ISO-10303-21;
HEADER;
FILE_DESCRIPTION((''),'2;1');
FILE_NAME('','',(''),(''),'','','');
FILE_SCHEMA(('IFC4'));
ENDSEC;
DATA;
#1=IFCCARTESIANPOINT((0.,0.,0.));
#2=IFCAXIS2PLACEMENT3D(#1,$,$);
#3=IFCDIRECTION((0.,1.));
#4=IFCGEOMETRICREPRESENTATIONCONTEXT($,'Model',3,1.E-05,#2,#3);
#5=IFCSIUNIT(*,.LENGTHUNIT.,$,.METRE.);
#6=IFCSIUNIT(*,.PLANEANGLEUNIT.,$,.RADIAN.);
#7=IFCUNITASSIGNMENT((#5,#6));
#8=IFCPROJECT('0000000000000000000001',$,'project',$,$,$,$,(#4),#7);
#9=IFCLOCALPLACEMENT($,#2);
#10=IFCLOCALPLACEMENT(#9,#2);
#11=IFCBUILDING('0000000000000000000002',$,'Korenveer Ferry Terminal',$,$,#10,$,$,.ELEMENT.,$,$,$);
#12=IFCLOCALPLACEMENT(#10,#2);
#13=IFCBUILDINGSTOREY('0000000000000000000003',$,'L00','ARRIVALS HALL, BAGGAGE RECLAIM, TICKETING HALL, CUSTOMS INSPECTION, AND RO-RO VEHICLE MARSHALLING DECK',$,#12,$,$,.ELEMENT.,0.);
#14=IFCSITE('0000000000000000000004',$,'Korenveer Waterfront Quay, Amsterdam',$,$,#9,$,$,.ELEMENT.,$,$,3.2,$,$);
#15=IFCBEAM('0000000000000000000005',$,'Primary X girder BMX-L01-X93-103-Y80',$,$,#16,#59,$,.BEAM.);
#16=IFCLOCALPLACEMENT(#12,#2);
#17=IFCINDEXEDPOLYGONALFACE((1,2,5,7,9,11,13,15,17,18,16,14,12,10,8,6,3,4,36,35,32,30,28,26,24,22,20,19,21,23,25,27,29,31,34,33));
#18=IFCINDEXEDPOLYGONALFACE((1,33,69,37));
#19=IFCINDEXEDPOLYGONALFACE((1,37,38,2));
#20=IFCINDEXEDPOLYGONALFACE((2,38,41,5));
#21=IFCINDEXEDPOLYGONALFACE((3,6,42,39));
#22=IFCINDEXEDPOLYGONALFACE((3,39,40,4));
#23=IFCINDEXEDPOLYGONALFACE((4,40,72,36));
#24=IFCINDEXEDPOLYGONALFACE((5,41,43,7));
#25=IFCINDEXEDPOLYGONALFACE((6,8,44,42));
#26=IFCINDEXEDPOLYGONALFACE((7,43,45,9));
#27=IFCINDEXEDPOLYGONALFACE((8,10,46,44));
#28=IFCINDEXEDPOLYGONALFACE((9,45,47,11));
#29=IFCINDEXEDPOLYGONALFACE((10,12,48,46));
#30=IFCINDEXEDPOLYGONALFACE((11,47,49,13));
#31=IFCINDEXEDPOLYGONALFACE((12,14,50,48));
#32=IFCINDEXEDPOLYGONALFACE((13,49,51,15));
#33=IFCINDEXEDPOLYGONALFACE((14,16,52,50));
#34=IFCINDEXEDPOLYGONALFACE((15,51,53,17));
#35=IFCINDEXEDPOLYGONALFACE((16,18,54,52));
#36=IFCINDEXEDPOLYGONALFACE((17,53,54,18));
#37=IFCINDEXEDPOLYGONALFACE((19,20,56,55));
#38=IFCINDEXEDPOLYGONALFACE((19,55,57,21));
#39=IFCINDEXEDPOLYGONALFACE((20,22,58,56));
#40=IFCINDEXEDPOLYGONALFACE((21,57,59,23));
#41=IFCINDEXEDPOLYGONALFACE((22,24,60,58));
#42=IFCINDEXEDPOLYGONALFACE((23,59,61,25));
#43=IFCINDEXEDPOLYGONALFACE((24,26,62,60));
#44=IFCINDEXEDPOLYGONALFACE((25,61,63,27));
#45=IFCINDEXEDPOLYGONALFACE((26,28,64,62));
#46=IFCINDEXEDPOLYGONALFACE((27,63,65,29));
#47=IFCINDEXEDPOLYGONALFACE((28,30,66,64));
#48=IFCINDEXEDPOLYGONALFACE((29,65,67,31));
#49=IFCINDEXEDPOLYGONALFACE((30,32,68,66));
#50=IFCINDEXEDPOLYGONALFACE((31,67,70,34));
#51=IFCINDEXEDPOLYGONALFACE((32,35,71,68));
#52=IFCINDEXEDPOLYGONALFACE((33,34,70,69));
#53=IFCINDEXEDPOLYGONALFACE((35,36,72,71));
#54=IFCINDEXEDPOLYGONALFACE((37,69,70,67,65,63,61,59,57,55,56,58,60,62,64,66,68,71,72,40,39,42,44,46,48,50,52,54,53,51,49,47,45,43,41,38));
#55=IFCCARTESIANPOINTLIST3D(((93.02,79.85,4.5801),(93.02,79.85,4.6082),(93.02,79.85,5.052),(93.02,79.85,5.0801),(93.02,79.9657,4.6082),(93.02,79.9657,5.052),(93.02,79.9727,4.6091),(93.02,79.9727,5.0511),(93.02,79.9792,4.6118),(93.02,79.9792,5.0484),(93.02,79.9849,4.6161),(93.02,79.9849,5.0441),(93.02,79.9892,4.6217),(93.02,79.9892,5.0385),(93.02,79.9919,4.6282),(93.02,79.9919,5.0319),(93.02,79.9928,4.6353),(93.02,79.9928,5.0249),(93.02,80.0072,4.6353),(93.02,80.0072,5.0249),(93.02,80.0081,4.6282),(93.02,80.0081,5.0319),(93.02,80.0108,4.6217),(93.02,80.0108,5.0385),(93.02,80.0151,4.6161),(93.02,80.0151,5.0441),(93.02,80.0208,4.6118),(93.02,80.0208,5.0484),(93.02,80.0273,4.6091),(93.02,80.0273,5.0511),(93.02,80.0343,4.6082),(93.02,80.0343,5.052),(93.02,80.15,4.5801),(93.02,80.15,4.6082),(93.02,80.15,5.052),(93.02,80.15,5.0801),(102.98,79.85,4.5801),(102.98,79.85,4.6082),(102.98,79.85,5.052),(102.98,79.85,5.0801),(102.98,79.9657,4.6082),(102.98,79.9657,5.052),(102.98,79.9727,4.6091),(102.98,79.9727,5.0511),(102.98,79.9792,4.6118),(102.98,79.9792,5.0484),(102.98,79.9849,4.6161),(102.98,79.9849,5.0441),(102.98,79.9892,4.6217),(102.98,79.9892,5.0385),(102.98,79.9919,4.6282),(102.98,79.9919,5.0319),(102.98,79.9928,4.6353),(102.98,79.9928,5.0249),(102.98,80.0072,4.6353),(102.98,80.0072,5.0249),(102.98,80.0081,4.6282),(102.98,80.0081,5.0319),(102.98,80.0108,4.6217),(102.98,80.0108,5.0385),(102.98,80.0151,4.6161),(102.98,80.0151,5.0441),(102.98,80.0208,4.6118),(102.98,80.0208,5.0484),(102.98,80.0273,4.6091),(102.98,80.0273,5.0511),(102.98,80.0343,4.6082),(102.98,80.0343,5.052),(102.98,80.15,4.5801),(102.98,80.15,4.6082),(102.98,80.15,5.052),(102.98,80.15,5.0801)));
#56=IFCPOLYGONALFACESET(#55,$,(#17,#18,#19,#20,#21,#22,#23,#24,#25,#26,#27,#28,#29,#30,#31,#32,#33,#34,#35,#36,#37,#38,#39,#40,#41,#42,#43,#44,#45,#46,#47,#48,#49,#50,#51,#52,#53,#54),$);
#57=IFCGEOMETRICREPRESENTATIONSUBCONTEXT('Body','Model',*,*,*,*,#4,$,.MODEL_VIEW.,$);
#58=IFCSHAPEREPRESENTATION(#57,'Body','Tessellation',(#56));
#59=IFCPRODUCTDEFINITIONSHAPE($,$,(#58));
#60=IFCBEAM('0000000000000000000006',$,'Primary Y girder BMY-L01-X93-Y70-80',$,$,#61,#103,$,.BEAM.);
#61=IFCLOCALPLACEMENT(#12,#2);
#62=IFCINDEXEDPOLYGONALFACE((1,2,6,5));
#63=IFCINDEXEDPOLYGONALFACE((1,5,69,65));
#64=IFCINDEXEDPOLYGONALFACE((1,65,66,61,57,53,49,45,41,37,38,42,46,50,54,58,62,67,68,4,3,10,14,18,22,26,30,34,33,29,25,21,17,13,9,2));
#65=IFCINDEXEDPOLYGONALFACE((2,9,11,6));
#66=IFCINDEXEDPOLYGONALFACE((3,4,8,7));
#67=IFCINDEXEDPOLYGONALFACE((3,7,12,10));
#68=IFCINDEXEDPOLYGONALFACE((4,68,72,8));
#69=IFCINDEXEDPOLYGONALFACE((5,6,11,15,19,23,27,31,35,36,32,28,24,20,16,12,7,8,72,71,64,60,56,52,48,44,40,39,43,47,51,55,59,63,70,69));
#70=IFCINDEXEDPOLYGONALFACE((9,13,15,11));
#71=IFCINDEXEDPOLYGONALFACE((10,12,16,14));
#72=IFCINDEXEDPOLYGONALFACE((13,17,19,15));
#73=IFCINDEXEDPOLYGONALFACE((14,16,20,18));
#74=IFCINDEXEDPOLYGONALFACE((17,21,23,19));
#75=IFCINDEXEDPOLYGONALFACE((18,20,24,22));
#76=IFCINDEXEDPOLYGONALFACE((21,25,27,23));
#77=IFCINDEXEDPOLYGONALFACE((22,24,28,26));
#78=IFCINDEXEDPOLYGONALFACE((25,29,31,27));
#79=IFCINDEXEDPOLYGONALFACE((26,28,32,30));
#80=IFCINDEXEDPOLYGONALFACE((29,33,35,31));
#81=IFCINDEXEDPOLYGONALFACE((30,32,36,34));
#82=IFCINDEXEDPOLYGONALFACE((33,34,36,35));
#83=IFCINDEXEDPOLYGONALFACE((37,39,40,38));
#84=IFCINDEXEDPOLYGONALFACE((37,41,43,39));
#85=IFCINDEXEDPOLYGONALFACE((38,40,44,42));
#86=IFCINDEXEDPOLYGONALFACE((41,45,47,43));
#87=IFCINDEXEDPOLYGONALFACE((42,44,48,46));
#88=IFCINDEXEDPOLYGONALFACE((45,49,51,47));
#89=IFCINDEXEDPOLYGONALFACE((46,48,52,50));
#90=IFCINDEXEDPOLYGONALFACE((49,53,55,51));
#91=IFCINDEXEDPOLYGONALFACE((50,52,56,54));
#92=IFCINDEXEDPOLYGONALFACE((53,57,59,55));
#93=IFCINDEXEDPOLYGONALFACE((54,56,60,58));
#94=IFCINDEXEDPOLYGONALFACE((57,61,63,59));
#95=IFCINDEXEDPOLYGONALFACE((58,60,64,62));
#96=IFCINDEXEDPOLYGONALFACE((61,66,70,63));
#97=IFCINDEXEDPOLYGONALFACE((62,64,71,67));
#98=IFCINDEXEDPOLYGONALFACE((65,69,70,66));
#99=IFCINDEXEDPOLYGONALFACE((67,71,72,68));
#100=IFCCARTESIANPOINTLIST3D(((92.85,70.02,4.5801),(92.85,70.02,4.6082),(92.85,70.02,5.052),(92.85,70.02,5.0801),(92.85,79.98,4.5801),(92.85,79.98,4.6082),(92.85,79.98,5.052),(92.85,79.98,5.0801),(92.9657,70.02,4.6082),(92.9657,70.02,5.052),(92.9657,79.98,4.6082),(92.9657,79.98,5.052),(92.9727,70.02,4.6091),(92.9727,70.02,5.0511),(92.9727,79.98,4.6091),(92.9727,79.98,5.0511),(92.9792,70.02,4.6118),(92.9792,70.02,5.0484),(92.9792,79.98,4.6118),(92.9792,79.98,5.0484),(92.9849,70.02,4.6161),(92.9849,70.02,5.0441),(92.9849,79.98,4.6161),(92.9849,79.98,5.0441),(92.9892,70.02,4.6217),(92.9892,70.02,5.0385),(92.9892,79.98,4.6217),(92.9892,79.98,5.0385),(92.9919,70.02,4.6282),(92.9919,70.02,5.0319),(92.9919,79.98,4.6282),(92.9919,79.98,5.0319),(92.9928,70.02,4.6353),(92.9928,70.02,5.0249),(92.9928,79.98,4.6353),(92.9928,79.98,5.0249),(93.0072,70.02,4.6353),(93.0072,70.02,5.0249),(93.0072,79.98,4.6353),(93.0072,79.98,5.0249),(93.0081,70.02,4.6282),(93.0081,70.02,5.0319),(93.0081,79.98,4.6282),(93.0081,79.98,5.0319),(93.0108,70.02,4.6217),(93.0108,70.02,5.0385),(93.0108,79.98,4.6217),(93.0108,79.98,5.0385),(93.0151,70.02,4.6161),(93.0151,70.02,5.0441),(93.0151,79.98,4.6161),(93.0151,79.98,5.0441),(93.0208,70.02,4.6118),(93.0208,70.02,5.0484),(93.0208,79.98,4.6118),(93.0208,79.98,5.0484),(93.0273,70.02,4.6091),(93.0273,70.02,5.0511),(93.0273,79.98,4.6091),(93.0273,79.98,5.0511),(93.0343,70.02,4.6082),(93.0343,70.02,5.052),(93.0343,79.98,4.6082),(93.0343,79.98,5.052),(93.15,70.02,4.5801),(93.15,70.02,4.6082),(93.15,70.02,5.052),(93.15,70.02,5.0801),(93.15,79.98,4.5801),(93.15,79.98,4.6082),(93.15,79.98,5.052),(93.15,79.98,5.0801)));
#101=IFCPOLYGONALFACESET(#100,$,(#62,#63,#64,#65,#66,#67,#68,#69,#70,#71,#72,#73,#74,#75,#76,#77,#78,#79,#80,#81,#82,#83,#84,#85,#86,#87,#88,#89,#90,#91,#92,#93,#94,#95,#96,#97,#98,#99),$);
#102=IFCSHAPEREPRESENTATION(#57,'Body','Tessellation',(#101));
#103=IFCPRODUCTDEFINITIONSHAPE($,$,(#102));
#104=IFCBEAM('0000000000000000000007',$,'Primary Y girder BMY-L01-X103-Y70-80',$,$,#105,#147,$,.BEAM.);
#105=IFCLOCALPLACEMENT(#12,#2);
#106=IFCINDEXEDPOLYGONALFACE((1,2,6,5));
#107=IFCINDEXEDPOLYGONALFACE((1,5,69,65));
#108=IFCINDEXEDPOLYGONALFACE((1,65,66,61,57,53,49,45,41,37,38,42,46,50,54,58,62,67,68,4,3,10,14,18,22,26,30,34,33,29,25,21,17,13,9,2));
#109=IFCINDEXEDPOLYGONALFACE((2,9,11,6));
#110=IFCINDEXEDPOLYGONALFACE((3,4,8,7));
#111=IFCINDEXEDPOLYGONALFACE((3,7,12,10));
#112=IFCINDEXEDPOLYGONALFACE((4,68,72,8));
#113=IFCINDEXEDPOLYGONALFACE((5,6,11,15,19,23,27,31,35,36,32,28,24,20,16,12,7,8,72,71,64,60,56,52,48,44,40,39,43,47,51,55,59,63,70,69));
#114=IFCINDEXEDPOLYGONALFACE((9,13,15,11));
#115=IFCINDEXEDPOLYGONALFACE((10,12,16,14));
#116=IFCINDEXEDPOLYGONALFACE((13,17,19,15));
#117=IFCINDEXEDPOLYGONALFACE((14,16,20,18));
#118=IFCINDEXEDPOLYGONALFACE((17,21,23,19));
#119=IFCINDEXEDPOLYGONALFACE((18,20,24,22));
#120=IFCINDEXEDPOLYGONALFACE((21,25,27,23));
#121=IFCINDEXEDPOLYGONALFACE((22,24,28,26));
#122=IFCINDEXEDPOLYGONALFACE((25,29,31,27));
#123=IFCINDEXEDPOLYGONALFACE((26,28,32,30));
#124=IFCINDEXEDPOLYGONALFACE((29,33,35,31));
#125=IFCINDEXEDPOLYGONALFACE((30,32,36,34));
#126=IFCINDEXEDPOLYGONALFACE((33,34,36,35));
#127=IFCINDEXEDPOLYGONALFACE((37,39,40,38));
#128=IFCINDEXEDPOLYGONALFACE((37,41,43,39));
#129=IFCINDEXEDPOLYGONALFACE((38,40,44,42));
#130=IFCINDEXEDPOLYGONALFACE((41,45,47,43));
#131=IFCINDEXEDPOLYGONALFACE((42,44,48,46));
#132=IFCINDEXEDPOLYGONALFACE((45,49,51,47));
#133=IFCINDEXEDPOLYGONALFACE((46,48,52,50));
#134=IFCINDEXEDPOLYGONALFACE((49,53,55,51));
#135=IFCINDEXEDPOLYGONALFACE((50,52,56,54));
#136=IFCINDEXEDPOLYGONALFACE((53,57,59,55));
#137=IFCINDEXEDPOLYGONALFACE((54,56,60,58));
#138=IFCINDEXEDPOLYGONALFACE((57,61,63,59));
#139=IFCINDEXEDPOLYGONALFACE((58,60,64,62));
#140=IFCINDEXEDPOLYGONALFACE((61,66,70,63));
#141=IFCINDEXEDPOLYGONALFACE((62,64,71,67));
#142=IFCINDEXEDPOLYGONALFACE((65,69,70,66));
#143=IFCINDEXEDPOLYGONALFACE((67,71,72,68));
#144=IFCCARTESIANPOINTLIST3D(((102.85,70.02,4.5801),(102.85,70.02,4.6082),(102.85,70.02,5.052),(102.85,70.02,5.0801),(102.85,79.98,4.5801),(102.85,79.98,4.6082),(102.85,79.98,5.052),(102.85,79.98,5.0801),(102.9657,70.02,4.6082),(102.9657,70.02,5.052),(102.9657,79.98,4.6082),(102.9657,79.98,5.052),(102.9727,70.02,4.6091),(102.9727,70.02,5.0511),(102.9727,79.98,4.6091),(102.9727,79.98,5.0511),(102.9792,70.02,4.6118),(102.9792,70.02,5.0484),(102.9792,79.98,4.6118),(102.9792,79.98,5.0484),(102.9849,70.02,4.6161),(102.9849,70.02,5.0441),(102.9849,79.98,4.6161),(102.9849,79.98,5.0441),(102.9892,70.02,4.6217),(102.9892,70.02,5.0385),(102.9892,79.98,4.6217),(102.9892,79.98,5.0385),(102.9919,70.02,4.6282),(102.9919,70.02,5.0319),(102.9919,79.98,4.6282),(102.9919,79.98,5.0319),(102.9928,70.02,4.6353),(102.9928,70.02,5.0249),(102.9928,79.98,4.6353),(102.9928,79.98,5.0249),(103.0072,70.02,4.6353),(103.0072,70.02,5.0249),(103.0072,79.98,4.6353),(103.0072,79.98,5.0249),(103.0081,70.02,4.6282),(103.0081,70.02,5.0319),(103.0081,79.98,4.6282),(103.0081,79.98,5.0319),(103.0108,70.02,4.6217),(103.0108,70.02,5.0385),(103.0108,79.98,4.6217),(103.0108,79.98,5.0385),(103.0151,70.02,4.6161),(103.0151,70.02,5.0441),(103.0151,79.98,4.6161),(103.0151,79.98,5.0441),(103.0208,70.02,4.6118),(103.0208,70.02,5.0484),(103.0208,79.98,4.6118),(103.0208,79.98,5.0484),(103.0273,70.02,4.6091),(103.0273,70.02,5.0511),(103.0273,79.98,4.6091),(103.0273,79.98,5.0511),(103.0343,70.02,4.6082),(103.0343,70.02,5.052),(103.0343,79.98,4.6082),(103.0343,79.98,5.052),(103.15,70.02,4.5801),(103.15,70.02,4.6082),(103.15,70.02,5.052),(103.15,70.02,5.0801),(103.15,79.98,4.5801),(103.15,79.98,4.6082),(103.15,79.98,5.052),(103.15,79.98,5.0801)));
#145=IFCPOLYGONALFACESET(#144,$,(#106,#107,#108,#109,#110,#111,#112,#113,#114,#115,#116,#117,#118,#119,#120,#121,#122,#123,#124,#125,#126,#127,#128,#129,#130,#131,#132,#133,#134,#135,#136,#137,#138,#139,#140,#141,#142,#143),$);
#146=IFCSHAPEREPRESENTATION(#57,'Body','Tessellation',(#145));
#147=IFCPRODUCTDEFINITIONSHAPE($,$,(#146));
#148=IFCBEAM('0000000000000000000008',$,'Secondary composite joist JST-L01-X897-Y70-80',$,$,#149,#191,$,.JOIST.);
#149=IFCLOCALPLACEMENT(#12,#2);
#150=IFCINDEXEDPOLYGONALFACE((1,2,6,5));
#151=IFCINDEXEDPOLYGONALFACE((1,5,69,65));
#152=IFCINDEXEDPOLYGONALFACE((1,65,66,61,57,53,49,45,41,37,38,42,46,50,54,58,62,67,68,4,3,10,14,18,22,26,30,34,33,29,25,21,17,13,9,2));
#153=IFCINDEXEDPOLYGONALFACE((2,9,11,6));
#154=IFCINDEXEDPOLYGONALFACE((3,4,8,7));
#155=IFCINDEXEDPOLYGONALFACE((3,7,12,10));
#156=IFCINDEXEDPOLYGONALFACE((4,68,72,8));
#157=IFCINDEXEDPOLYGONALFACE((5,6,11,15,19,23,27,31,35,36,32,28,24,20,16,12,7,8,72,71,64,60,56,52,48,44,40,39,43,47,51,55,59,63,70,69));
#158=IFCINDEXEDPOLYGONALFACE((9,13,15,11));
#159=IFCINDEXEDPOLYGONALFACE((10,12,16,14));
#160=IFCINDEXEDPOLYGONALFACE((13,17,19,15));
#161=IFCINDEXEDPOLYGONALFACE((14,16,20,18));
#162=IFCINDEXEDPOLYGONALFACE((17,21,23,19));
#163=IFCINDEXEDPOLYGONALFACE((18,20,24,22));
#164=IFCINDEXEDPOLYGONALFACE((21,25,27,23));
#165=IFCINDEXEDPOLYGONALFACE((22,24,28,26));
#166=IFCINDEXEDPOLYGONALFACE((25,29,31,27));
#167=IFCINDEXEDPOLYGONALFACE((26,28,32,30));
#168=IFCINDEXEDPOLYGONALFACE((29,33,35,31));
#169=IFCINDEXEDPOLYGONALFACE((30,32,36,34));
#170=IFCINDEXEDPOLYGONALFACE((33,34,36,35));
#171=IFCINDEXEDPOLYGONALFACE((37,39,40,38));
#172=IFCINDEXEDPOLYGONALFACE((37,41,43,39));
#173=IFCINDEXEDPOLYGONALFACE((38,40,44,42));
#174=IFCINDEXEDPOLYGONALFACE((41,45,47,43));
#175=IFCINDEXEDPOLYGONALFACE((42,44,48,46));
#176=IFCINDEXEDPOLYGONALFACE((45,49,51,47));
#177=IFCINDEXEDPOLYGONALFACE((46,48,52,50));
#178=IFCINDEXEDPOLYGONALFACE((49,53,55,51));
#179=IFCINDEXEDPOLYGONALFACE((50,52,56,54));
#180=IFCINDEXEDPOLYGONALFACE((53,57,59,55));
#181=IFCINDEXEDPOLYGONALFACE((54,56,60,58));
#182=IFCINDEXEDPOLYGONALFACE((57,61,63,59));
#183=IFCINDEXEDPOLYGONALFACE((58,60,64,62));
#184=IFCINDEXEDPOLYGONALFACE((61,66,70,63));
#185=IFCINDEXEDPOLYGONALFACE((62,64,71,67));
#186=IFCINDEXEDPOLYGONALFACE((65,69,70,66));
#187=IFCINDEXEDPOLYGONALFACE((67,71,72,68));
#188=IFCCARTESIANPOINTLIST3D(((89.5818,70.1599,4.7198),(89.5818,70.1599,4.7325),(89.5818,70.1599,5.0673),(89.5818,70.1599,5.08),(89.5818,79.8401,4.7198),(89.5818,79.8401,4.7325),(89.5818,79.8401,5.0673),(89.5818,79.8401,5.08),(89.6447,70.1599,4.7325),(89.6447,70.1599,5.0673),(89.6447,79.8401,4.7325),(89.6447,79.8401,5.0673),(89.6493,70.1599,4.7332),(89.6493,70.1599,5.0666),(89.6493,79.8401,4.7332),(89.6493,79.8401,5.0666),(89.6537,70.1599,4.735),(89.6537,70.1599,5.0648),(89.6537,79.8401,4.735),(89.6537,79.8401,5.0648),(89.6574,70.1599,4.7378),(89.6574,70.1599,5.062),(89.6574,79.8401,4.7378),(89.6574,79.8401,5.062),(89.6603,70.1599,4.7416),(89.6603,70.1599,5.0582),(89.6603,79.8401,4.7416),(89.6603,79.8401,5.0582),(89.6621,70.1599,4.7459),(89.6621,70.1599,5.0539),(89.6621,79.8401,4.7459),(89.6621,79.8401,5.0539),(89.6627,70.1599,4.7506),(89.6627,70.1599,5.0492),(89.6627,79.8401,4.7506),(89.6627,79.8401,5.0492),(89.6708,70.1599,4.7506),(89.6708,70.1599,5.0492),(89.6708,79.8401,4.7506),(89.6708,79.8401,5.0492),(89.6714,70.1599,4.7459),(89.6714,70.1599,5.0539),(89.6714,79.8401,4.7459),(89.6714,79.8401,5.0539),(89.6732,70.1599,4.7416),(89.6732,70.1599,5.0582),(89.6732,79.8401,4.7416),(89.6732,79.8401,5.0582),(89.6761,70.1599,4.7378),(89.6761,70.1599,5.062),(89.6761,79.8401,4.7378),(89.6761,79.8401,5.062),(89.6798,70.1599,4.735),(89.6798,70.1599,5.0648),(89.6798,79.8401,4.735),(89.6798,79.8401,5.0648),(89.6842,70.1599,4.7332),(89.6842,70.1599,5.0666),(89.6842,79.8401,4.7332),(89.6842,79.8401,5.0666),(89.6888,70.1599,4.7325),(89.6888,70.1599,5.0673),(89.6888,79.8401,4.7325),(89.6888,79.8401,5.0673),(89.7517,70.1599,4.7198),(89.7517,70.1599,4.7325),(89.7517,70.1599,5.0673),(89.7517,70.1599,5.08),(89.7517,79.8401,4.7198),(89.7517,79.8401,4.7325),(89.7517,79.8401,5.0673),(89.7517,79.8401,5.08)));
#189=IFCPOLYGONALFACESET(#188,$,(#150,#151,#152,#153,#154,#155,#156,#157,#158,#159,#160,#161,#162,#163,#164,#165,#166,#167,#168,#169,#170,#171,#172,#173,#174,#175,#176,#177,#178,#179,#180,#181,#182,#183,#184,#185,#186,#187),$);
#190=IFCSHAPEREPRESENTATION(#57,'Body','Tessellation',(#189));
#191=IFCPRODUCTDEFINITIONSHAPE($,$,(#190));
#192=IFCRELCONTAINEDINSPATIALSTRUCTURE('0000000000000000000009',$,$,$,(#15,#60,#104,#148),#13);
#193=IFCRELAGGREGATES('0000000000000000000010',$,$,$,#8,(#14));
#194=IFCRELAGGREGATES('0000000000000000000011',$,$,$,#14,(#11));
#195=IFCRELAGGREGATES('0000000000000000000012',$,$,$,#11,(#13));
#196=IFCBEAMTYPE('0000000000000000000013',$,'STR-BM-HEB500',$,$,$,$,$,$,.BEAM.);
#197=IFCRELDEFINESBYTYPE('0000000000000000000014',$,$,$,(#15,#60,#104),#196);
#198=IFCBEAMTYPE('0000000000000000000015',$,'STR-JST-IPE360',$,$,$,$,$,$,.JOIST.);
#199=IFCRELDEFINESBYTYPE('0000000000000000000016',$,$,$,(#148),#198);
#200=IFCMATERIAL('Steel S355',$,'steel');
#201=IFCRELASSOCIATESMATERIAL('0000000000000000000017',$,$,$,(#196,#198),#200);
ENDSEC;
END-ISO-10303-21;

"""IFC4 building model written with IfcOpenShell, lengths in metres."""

from ifc_helpers import new_model, si_unit, direction, frame, origin, origin_2d, place, context, subcontext, project, spatial, i_section, extrude, material, material_profile, profile_set, type_object, element, save


model = new_model("IFC4")

# Units and contexts
model_context = context("Model", 3, precision=1e-05, world=origin(), true_north=direction((0.0, 1.0)))
body_context = subcontext(model_context, "Body", "Model", "MODEL_VIEW")
ifc_project = project(units=[si_unit("LENGTHUNIT", "METRE"), si_unit("PLANEANGLEUNIT", "RADIAN")], contexts=[model_context])

# Site, building, storey
site_placement = place(None, origin())
site = spatial("IfcSite", under=ifc_project, at=site_placement, Name="Korenveer Waterfront Quay, Amsterdam", CompositionType="ELEMENT", RefElevation=3.2)
building_placement = place(site_placement, origin())
building = spatial("IfcBuilding", under=site, at=building_placement, Name="Korenveer Ferry Terminal", CompositionType="ELEMENT")
storey_placement = place(building_placement, origin())
storey = spatial("IfcBuildingStorey", under=building, at=storey_placement, Name="L00", Description="ARRIVALS HALL, BAGGAGE RECLAIM, TICKETING HALL, CUSTOMS INSPECTION, AND RO-RO VEHICLE MARSHALLING DECK", CompositionType="ELEMENT", Elevation=0.0)

# Shared definitions
ifc_material_1 = material(Name="Steel S355", Category="steel")

# Beams
ifc_material_profile_1 = material_profile(ifc_material_1, i_section(OverallWidth=0.3, OverallDepth=0.5, WebThickness=0.0144, FlangeThickness=0.0281, FilletRadius=0.0271, at=origin_2d()), Name="HEB 500")
ifc_profile_set_1 = profile_set([ifc_material_profile_1], Name="Steel S355")
beam_type_1 = type_object("IfcBeamType", Name="STR-BM-HEB500", PredefinedType="BEAM", material=ifc_profile_set_1)
for number, where, z_axis, x_axis, name in (
    (1, (93.02, 80.0, 4.8301), (1.0, 0.0, 0.0), (0.0, 1.0, 0.0), "Primary X girder BMX-L01-X93-103-Y80"),
    (2, (93.0, 70.02, 4.8301), (0.0, 1.0, 0.0), (-1.0, 0.0, 0.0), "Primary Y girder BMY-L01-X93-Y70-80"),
    (3, (103.0, 70.02, 4.8301), (0.0, 1.0, 0.0), (-1.0, 0.0, 0.0), "Primary Y girder BMY-L01-X103-Y70-80"),
):
    element("IfcBeam", number, at=place(storey_placement, frame(where, z_axis=z_axis, x_axis=x_axis)), inside=storey, type_object=beam_type_1, Name=name, PredefinedType="BEAM", context=body_context, shape_type="SweptSolid", body=[
        extrude(i_section(OverallWidth=0.3, OverallDepth=0.5, WebThickness=0.0144, FlangeThickness=0.0281, FilletRadius=0.0271, at=origin_2d()), origin(), (0.0, 0.0, 1.0), 9.96),
    ])
ifc_material_profile_2 = material_profile(ifc_material_1, i_section(OverallWidth=0.1699, OverallDepth=0.3601, WebThickness=0.0081, FlangeThickness=0.0127, FilletRadius=0.0181, at=origin_2d()), Name="IPE 360")
ifc_profile_set_2 = profile_set([ifc_material_profile_2], Name="Steel S355")
beam_type_2 = type_object("IfcBeamType", Name="STR-JST-IPE360", PredefinedType="JOIST", material=ifc_profile_set_2)
for number, where, z_axis, x_axis, name in (
    (4, (89.6667, 70.1599, 4.8999), (0.0, 1.0, 0.0), (-1.0, 0.0, 0.0), "Secondary composite joist JST-L01-X897-Y70-80"),
):
    element("IfcBeam", number, at=place(storey_placement, frame(where, z_axis=z_axis, x_axis=x_axis)), inside=storey, type_object=beam_type_2, Name=name, PredefinedType="JOIST", context=body_context, shape_type="SweptSolid", body=[
        extrude(i_section(OverallWidth=0.1699, OverallDepth=0.3601, WebThickness=0.0081, FlangeThickness=0.0127, FilletRadius=0.0181, at=origin_2d()), origin(), (0.0, 0.0, 1.0), 9.6802),
    ])

save(model, "model.ifc")
